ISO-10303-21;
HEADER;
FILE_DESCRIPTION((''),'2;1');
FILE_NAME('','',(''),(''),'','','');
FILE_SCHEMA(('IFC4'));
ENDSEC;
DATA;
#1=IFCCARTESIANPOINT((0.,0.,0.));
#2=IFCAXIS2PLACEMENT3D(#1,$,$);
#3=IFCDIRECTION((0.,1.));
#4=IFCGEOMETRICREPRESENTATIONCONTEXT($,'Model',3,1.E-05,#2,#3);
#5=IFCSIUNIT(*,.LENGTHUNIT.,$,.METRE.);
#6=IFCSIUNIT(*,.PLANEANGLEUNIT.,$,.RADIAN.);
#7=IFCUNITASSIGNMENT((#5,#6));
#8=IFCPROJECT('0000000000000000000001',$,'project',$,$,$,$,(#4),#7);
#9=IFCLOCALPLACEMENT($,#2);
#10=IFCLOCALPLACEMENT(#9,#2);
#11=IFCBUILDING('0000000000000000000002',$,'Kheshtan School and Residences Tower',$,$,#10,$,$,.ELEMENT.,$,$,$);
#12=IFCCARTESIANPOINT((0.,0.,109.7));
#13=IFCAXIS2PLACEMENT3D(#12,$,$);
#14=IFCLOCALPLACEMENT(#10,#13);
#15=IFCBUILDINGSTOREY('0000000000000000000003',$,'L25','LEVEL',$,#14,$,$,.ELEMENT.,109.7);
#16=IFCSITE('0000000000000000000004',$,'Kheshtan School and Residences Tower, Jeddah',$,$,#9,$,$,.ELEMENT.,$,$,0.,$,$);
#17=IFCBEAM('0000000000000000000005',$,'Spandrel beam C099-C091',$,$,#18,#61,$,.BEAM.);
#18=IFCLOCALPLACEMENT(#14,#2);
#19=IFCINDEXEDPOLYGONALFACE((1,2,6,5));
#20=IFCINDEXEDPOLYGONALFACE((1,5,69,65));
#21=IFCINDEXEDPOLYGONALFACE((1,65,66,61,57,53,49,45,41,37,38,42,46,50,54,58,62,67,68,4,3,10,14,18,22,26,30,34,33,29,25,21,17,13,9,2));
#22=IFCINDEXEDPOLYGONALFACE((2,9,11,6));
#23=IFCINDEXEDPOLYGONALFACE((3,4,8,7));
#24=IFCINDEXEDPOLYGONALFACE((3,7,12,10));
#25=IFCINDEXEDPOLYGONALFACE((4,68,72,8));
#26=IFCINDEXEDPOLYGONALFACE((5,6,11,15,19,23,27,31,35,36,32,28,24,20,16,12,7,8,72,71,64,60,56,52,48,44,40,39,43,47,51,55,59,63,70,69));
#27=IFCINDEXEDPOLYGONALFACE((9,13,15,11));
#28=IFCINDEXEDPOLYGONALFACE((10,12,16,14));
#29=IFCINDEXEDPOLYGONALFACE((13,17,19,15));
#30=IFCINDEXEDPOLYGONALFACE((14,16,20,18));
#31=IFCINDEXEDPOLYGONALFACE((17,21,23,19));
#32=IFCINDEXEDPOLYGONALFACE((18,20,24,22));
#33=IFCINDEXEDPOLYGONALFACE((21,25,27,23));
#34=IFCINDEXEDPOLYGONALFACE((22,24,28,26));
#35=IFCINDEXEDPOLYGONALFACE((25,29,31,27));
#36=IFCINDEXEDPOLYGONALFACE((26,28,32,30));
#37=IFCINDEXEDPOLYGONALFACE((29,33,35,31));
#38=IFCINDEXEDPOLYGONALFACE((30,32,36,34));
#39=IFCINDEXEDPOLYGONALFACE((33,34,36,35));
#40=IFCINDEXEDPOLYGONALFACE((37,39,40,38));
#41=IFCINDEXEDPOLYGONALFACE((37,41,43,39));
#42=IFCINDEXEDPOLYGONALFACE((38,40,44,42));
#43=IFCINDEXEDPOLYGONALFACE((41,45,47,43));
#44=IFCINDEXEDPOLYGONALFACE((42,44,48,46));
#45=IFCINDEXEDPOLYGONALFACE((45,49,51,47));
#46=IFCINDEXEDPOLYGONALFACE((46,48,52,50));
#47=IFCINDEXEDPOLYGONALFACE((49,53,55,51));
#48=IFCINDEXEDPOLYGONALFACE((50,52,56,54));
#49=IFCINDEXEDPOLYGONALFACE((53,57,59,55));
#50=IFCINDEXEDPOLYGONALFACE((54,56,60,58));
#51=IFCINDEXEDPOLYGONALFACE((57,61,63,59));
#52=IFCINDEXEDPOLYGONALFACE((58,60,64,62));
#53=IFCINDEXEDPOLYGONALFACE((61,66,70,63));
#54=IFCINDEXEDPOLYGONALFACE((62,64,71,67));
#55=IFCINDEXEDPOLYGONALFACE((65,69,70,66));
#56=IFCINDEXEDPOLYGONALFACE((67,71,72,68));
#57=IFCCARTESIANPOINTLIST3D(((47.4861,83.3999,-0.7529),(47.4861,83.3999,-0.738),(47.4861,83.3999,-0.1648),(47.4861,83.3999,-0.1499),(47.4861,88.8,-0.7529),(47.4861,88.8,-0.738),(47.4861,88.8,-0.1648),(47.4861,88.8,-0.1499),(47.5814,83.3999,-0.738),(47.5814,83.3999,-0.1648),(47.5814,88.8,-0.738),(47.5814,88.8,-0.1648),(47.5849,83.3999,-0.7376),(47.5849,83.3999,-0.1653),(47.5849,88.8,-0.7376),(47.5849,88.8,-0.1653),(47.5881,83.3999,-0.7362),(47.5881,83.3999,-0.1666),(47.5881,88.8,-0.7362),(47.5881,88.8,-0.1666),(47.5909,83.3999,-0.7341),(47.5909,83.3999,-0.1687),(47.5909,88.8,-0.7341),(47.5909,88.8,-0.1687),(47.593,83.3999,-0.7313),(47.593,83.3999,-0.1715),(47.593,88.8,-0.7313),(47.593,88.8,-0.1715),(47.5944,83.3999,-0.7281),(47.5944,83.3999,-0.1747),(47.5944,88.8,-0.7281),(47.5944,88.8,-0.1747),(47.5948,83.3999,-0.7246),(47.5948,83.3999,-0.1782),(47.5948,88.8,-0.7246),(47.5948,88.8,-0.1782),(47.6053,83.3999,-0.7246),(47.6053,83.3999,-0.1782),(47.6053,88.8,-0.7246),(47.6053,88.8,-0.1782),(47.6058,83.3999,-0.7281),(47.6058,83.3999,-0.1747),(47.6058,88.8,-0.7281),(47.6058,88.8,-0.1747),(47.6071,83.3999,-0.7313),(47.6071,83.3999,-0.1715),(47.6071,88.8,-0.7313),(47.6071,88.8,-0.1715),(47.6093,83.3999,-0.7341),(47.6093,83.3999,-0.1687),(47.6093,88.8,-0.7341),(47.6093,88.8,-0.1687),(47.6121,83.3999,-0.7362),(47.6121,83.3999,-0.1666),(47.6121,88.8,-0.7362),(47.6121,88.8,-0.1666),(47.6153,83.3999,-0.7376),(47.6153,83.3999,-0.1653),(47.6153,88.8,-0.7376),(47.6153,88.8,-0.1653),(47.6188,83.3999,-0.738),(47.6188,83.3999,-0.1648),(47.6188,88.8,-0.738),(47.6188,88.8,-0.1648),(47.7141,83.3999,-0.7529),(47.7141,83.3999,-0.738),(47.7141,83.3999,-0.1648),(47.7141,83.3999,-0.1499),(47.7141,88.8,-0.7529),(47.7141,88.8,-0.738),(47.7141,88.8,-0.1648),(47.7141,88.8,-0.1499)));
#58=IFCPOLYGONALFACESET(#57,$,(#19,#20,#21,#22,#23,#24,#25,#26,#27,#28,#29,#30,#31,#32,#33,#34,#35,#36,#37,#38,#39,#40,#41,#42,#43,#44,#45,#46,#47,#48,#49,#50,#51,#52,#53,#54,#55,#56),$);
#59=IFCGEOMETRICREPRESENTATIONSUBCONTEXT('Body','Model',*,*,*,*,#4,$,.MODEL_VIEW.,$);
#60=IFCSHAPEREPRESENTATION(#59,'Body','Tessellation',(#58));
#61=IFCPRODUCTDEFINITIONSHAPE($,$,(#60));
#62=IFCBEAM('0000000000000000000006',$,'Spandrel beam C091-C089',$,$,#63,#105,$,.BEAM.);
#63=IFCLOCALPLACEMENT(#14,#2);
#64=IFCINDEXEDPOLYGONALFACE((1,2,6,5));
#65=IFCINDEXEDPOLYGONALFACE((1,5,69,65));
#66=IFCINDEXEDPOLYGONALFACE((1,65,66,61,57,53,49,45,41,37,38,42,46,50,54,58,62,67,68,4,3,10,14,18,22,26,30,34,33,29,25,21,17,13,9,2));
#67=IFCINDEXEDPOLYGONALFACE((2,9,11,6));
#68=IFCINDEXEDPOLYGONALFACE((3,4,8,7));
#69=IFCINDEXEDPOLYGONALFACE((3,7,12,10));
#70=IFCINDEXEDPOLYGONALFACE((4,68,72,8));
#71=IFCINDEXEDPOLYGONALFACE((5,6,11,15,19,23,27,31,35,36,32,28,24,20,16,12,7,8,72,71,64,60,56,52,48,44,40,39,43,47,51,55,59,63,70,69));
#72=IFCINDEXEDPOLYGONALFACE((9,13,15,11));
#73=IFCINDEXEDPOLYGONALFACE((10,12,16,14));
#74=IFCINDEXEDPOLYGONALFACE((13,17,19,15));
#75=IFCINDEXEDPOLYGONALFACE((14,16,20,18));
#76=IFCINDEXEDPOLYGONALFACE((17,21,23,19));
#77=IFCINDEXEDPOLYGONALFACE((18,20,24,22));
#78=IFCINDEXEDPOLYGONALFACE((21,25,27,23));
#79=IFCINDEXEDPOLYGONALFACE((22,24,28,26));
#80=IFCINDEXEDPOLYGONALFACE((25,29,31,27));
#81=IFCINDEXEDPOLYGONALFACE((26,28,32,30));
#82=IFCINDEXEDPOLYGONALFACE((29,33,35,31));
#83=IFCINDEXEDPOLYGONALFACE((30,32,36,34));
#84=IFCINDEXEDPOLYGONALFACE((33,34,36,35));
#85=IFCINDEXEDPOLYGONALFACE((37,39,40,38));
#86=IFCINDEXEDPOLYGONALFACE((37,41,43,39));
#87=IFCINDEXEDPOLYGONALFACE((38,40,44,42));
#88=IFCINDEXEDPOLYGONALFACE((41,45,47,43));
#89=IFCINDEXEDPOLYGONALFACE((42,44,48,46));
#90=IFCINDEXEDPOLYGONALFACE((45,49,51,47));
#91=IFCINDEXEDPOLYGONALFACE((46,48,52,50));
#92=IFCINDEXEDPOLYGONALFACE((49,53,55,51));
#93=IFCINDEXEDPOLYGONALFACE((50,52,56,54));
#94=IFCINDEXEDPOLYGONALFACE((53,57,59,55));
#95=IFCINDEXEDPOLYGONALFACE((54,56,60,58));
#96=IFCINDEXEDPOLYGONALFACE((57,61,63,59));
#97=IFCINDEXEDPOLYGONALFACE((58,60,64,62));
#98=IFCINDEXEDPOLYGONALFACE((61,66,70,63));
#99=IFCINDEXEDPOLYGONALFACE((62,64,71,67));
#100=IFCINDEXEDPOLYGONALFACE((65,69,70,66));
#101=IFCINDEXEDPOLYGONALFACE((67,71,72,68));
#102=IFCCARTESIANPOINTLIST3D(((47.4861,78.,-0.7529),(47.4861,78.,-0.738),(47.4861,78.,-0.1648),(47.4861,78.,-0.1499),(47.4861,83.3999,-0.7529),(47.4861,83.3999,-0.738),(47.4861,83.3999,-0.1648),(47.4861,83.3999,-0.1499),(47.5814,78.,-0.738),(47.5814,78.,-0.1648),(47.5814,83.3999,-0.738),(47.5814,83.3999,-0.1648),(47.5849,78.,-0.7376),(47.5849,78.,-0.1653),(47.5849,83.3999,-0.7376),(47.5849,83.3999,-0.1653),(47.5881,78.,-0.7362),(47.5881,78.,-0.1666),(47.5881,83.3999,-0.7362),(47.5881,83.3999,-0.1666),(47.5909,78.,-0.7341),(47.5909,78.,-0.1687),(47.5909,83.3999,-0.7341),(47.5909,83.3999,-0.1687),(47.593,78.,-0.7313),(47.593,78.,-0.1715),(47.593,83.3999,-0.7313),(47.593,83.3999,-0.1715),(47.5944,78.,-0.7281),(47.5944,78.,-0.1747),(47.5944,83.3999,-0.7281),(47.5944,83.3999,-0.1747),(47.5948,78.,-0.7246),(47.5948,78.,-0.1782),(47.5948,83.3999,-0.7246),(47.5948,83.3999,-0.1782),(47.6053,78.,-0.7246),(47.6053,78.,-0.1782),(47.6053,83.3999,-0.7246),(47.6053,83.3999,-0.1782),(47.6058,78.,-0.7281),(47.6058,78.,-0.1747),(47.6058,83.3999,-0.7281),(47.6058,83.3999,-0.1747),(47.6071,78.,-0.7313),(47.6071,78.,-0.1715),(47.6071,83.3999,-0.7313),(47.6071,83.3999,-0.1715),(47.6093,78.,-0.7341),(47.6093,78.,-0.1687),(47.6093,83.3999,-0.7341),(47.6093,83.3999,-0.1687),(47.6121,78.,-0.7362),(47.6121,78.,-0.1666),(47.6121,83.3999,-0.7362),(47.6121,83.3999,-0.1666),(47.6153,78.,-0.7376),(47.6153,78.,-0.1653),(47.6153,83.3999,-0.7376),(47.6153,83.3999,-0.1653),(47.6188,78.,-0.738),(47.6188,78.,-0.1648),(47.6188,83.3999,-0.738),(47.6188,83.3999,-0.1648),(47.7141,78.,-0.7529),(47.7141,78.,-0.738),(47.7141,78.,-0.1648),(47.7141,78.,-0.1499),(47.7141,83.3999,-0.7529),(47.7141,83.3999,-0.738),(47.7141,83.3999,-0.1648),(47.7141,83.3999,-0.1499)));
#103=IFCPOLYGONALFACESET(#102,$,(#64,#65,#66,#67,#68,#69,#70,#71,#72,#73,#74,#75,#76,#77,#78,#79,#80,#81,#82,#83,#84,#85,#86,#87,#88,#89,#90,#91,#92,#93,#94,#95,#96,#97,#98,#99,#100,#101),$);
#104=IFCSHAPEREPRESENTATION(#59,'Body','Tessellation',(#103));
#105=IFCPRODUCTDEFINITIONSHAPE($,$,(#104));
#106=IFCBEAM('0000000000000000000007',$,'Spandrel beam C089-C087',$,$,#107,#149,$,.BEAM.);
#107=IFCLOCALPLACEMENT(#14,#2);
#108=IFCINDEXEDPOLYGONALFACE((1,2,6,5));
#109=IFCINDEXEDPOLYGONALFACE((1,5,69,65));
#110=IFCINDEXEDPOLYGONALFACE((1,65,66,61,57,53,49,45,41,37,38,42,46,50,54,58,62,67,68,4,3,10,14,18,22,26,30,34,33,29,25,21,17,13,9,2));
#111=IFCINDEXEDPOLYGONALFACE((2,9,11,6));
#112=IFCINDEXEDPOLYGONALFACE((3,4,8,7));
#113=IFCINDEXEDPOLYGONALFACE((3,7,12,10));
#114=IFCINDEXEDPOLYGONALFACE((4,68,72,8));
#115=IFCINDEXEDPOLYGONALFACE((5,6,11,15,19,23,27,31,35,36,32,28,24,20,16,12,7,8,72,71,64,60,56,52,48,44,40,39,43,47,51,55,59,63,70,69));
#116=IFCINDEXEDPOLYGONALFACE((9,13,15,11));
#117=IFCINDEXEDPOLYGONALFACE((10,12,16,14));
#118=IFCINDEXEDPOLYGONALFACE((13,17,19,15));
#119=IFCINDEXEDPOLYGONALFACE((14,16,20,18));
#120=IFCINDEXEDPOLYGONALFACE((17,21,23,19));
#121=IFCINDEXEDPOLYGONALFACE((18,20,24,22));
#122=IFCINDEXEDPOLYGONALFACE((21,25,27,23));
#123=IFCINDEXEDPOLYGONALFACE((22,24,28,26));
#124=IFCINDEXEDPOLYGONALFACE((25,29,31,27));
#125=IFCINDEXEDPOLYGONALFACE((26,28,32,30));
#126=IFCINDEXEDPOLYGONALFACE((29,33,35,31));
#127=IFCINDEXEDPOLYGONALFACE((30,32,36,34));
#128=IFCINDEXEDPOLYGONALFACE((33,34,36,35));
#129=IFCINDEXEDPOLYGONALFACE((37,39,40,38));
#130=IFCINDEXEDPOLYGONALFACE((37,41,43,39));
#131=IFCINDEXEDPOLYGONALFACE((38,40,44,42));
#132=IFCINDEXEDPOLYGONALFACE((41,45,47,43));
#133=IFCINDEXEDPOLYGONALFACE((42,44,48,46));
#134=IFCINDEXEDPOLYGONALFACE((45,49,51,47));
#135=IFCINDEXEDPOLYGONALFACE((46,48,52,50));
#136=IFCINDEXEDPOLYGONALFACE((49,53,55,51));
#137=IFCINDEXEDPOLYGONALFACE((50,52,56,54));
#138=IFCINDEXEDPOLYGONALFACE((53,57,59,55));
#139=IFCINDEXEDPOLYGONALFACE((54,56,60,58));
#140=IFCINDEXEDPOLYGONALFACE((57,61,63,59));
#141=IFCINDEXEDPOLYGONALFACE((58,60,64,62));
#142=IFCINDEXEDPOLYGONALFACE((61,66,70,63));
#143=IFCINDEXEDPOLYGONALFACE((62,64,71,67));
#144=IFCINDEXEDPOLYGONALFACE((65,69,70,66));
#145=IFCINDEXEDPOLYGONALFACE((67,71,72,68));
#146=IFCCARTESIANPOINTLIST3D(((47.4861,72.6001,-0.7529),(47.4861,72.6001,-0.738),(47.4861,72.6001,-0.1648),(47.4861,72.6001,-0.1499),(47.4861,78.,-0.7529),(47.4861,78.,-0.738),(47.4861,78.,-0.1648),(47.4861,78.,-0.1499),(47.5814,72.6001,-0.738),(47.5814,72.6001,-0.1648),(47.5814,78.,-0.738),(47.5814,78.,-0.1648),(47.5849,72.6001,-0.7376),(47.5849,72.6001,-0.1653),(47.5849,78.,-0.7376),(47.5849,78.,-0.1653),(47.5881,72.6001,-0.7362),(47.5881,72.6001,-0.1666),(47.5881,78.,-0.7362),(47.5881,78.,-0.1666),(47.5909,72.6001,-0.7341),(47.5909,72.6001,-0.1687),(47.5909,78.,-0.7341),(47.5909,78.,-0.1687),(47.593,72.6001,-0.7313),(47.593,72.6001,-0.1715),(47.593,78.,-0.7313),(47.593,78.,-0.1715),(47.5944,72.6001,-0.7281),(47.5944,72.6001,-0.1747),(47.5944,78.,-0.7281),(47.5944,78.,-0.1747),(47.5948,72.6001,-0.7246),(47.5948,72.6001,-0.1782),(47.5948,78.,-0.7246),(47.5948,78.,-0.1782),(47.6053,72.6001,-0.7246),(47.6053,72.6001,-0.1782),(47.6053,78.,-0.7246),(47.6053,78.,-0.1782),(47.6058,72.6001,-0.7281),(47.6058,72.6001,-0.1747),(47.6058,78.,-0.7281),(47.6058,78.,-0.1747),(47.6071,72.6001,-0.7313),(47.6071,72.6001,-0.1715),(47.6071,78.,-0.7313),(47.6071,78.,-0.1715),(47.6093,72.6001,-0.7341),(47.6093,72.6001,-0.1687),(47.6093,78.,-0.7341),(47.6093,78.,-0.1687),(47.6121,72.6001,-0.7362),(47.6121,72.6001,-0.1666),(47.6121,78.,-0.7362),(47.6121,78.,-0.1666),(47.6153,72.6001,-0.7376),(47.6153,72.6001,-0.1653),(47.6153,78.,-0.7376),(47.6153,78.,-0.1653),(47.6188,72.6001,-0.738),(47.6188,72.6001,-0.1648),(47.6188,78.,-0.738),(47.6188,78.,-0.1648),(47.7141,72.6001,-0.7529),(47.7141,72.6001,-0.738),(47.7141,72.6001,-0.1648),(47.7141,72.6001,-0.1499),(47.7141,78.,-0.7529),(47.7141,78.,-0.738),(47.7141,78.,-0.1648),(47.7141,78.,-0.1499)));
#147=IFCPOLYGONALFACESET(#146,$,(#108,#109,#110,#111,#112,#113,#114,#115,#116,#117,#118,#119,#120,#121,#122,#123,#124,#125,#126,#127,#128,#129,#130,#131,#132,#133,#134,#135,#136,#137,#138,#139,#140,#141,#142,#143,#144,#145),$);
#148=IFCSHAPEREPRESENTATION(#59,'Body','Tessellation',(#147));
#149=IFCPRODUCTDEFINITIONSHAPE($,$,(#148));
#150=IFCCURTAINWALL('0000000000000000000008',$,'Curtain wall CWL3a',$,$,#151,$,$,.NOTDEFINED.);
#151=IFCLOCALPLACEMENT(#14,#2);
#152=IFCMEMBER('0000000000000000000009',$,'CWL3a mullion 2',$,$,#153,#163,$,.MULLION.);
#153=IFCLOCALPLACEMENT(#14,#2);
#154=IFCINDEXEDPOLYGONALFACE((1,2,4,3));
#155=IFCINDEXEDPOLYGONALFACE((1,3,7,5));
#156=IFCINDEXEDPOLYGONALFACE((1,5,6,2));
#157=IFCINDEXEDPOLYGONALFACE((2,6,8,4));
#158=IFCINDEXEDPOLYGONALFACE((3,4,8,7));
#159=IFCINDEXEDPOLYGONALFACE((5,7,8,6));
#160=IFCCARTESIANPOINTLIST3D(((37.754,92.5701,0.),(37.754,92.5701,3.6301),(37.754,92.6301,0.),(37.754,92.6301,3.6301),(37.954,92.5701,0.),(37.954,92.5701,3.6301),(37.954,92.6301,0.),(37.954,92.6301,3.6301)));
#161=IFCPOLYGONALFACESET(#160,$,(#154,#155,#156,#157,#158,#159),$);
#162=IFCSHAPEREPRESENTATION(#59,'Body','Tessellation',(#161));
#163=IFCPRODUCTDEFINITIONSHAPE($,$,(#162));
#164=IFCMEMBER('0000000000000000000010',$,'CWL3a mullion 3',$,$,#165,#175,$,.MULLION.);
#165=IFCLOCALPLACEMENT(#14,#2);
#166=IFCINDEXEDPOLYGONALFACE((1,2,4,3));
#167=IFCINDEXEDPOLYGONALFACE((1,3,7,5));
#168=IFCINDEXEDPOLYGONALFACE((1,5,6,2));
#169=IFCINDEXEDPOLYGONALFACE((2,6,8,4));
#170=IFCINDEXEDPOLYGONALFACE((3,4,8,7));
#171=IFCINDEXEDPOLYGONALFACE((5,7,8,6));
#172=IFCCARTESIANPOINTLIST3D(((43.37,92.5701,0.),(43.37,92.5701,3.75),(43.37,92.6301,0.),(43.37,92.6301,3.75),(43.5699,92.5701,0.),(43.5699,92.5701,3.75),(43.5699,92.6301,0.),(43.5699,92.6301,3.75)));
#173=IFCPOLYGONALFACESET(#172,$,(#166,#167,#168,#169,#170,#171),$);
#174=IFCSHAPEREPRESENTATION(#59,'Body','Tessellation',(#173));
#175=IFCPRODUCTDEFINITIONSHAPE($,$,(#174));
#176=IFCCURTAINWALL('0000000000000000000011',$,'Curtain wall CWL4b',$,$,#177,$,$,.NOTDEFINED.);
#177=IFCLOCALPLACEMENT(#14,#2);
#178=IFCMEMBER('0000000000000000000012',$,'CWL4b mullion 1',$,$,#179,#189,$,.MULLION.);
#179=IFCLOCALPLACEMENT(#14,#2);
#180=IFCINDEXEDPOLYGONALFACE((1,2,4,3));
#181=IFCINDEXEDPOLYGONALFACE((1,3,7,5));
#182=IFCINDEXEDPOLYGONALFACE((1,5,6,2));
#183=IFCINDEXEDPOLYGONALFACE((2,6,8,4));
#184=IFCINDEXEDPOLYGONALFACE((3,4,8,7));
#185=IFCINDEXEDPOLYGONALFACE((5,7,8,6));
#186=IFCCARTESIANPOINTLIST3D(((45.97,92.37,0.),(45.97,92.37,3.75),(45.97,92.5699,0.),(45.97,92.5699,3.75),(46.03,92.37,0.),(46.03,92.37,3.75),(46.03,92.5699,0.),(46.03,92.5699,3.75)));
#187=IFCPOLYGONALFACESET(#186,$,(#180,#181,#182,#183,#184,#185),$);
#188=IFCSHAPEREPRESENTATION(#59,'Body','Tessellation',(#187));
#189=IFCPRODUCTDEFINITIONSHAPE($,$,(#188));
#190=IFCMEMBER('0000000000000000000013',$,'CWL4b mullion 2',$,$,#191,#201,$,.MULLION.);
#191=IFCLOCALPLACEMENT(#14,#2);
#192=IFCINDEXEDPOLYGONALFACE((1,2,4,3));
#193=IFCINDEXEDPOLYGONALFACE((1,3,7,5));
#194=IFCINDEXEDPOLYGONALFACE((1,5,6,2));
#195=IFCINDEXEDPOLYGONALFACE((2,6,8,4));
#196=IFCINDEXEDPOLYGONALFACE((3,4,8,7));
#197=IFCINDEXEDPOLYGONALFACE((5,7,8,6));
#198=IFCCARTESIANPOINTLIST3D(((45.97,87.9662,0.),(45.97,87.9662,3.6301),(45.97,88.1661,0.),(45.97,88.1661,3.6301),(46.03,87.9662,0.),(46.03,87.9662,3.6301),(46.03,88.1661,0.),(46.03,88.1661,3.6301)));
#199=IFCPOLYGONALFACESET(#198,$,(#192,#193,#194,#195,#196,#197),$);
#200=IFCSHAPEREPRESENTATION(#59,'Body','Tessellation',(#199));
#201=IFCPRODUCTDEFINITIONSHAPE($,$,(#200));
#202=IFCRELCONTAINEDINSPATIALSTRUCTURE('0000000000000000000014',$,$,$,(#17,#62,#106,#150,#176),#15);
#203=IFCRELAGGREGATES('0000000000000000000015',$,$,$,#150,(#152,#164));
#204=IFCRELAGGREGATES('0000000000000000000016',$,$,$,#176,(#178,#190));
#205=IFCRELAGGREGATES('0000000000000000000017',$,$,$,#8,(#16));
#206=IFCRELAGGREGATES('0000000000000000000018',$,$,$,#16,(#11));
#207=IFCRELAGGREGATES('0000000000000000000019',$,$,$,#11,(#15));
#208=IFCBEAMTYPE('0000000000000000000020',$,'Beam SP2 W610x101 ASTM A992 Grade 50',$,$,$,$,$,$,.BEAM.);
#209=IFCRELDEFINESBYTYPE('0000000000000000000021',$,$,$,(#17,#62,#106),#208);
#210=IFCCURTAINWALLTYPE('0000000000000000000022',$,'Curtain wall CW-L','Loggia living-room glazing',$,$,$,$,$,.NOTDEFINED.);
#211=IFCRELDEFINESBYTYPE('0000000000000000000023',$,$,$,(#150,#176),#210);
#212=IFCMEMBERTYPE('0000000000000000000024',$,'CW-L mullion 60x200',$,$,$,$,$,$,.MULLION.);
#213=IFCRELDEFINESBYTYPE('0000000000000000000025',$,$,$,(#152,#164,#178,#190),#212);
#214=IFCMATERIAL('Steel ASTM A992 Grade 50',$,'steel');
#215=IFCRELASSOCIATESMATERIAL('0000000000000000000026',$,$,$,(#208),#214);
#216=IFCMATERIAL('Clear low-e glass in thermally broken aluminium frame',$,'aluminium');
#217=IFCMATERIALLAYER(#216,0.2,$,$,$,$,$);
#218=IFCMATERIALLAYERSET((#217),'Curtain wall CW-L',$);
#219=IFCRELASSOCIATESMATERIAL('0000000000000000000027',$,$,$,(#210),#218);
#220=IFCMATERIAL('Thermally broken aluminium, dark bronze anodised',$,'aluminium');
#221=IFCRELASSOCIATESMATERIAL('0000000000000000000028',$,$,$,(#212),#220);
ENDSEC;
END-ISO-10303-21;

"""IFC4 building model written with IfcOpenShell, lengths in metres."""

from ifc_helpers import new_model, si_unit, direction, frame, origin, origin_2d, place, context, subcontext, project, spatial, rectangle, i_section, extrude, material, layer, layer_set, material_profile, profile_set, type_object, element, aggregate, save


model = new_model("IFC4")

# Units and contexts
model_context = context("Model", 3, precision=1e-05, world=origin(), true_north=direction((0.0, 1.0)))
body_context = subcontext(model_context, "Body", "Model", "MODEL_VIEW")
ifc_project = project(units=[si_unit("LENGTHUNIT", "METRE"), si_unit("PLANEANGLEUNIT", "RADIAN")], contexts=[model_context])

# Site, building, storey
site_placement = place(None, origin())
site = spatial("IfcSite", under=ifc_project, at=site_placement, Name="Kheshtan School and Residences Tower, Jeddah", CompositionType="ELEMENT", RefElevation=0.0)
building_placement = place(site_placement, origin())
building = spatial("IfcBuilding", under=site, at=building_placement, Name="Kheshtan School and Residences Tower", CompositionType="ELEMENT")
storey_placement = place(building_placement, frame((0.0, 0.0, 109.7)))
storey = spatial("IfcBuildingStorey", under=building, at=storey_placement, Name="L25", Description="LEVEL", CompositionType="ELEMENT", Elevation=109.7)

# Shared definitions
ifc_material_1 = material(Name="Steel ASTM A992 Grade 50", Category="steel")

# Beams
ifc_material_profile_1 = material_profile(ifc_material_1, i_section(OverallWidth=0.228, OverallDepth=0.603, WebThickness=0.0105, FlangeThickness=0.0149, FilletRadius=0.0134, at=origin_2d()), Name="W610x101")
ifc_profile_set_1 = profile_set([ifc_material_profile_1], Name="Steel ASTM A992 Grade 50")
beam_type_1 = type_object("IfcBeamType", Name="Beam SP2 W610x101 ASTM A992 Grade 50", PredefinedType="BEAM", material=ifc_profile_set_1)
beam_1_placement = place(storey_placement, frame((47.6001, 88.8, -0.4514), z_axis=(0.0, -1.0, 0.0), x_axis=(1.0, 0.0, 0.0)))
element("IfcBeam", 1, at=beam_1_placement, inside=storey, type_object=beam_type_1, Name="Spandrel beam C099-C091", PredefinedType="BEAM", context=body_context, shape_type="SweptSolid", body=[
    extrude(i_section(OverallWidth=0.228, OverallDepth=0.603, WebThickness=0.0105, FlangeThickness=0.0149, FilletRadius=0.0134, at=origin_2d()), origin(), (0.0, 0.0, 1.0), 5.4001),
])
for number, where, z_axis, x_axis, name in (
    (2, (47.6001, 83.3999, -0.4514), (0.0, -1.0, 0.0), (1.0, 0.0, 0.0), "Spandrel beam C091-C089"),
    (3, (47.6001, 78.0, -0.4514), (0.0, -1.0, 0.0), (1.0, 0.0, 0.0), "Spandrel beam C089-C087"),
):
    element("IfcBeam", number, at=place(storey_placement, frame(where, z_axis=z_axis, x_axis=x_axis)), inside=storey, type_object=beam_type_1, Name=name, PredefinedType="BEAM", context=body_context, shape_type="SweptSolid", body=[
        extrude(i_section(OverallWidth=0.228, OverallDepth=0.603, WebThickness=0.0105, FlangeThickness=0.0149, FilletRadius=0.0134, at=origin_2d()), origin(), (0.0, 0.0, 1.0), 5.3999),
    ])

# Curtain walls, members
ifc_material_2 = material(Name="Clear low-e glass in thermally broken aluminium frame", Category="aluminium")
ifc_layer_1 = layer(ifc_material_2, 0.2)
ifc_layer_set_1 = layer_set([ifc_layer_1], Name="Curtain wall CW-L")
curtain_wall_type = type_object("IfcCurtainWallType", Name="Curtain wall CW-L", Description="Loggia living-room glazing", PredefinedType="NOTDEFINED", material=ifc_layer_set_1)
curtain_wall_1_placement = place(storey_placement, origin())
curtain_wall_1 = element("IfcCurtainWall", 4, at=curtain_wall_1_placement, inside=storey, type_object=curtain_wall_type, Name="Curtain wall CWL3a", PredefinedType="NOTDEFINED")
ifc_material_3 = material(Name="Thermally broken aluminium, dark bronze anodised", Category="aluminium")
ifc_material_profile_2 = material_profile(ifc_material_3, rectangle(XDim=0.0601, YDim=0.2, at=origin_2d()), Name="CW-L mullion 60x200")
ifc_profile_set_2 = profile_set([ifc_material_profile_2], Name="Thermally broken aluminium, dark bronze anodised")
member_type_1 = type_object("IfcMemberType", Name="CW-L mullion 60x200", PredefinedType="MULLION", material=ifc_profile_set_2)
member_1_placement = place(storey_placement, frame((37.854, 92.6001, 0.0), z_axis=(0.0, 0.0, 1.0), x_axis=(0.0, 1.0, 0.0)))
member_1 = element("IfcMember", 5, at=member_1_placement, type_object=member_type_1, Name="CWL3a mullion 2", PredefinedType="MULLION", context=body_context, shape_type="SweptSolid", body=[
    extrude(rectangle(XDim=0.0601, YDim=0.2, at=origin_2d()), origin(), (0.0, 0.0, 1.0), 3.6301),
])
member_2_placement = place(storey_placement, frame((43.47, 92.6001, 0.0), z_axis=(0.0, 0.0, 1.0), x_axis=(0.0, 1.0, 0.0)))
member_2 = element("IfcMember", 6, at=member_2_placement, type_object=member_type_1, Name="CWL3a mullion 3", PredefinedType="MULLION", context=body_context, shape_type="SweptSolid", body=[
    extrude(rectangle(XDim=0.0601, YDim=0.2, at=origin_2d()), origin(), (0.0, 0.0, 1.0), 3.75),
])
curtain_wall_2_placement = place(storey_placement, origin())
curtain_wall_2 = element("IfcCurtainWall", 7, at=curtain_wall_2_placement, inside=storey, type_object=curtain_wall_type, Name="Curtain wall CWL4b", PredefinedType="NOTDEFINED")
member_3_placement = place(storey_placement, frame((46.0, 92.47, 0.0), z_axis=(0.0, 0.0, 1.0), x_axis=(1.0, 0.0, 0.0)))
member_3 = element("IfcMember", 8, at=member_3_placement, type_object=member_type_1, Name="CWL4b mullion 1", PredefinedType="MULLION", context=body_context, shape_type="SweptSolid", body=[
    extrude(rectangle(XDim=0.0601, YDim=0.2, at=origin_2d()), origin(), (0.0, 0.0, 1.0), 3.75),
])
member_4_placement = place(storey_placement, frame((46.0, 88.0662, 0.0), z_axis=(0.0, 0.0, 1.0), x_axis=(1.0, 0.0, 0.0)))
member_4 = element("IfcMember", 9, at=member_4_placement, type_object=member_type_1, Name="CWL4b mullion 2", PredefinedType="MULLION", context=body_context, shape_type="SweptSolid", body=[
    extrude(rectangle(XDim=0.0601, YDim=0.2, at=origin_2d()), origin(), (0.0, 0.0, 1.0), 3.6301),
])

aggregate(curtain_wall_1, [member_1, member_2])
aggregate(curtain_wall_2, [member_3, member_4])

save(model, "model.ifc")
